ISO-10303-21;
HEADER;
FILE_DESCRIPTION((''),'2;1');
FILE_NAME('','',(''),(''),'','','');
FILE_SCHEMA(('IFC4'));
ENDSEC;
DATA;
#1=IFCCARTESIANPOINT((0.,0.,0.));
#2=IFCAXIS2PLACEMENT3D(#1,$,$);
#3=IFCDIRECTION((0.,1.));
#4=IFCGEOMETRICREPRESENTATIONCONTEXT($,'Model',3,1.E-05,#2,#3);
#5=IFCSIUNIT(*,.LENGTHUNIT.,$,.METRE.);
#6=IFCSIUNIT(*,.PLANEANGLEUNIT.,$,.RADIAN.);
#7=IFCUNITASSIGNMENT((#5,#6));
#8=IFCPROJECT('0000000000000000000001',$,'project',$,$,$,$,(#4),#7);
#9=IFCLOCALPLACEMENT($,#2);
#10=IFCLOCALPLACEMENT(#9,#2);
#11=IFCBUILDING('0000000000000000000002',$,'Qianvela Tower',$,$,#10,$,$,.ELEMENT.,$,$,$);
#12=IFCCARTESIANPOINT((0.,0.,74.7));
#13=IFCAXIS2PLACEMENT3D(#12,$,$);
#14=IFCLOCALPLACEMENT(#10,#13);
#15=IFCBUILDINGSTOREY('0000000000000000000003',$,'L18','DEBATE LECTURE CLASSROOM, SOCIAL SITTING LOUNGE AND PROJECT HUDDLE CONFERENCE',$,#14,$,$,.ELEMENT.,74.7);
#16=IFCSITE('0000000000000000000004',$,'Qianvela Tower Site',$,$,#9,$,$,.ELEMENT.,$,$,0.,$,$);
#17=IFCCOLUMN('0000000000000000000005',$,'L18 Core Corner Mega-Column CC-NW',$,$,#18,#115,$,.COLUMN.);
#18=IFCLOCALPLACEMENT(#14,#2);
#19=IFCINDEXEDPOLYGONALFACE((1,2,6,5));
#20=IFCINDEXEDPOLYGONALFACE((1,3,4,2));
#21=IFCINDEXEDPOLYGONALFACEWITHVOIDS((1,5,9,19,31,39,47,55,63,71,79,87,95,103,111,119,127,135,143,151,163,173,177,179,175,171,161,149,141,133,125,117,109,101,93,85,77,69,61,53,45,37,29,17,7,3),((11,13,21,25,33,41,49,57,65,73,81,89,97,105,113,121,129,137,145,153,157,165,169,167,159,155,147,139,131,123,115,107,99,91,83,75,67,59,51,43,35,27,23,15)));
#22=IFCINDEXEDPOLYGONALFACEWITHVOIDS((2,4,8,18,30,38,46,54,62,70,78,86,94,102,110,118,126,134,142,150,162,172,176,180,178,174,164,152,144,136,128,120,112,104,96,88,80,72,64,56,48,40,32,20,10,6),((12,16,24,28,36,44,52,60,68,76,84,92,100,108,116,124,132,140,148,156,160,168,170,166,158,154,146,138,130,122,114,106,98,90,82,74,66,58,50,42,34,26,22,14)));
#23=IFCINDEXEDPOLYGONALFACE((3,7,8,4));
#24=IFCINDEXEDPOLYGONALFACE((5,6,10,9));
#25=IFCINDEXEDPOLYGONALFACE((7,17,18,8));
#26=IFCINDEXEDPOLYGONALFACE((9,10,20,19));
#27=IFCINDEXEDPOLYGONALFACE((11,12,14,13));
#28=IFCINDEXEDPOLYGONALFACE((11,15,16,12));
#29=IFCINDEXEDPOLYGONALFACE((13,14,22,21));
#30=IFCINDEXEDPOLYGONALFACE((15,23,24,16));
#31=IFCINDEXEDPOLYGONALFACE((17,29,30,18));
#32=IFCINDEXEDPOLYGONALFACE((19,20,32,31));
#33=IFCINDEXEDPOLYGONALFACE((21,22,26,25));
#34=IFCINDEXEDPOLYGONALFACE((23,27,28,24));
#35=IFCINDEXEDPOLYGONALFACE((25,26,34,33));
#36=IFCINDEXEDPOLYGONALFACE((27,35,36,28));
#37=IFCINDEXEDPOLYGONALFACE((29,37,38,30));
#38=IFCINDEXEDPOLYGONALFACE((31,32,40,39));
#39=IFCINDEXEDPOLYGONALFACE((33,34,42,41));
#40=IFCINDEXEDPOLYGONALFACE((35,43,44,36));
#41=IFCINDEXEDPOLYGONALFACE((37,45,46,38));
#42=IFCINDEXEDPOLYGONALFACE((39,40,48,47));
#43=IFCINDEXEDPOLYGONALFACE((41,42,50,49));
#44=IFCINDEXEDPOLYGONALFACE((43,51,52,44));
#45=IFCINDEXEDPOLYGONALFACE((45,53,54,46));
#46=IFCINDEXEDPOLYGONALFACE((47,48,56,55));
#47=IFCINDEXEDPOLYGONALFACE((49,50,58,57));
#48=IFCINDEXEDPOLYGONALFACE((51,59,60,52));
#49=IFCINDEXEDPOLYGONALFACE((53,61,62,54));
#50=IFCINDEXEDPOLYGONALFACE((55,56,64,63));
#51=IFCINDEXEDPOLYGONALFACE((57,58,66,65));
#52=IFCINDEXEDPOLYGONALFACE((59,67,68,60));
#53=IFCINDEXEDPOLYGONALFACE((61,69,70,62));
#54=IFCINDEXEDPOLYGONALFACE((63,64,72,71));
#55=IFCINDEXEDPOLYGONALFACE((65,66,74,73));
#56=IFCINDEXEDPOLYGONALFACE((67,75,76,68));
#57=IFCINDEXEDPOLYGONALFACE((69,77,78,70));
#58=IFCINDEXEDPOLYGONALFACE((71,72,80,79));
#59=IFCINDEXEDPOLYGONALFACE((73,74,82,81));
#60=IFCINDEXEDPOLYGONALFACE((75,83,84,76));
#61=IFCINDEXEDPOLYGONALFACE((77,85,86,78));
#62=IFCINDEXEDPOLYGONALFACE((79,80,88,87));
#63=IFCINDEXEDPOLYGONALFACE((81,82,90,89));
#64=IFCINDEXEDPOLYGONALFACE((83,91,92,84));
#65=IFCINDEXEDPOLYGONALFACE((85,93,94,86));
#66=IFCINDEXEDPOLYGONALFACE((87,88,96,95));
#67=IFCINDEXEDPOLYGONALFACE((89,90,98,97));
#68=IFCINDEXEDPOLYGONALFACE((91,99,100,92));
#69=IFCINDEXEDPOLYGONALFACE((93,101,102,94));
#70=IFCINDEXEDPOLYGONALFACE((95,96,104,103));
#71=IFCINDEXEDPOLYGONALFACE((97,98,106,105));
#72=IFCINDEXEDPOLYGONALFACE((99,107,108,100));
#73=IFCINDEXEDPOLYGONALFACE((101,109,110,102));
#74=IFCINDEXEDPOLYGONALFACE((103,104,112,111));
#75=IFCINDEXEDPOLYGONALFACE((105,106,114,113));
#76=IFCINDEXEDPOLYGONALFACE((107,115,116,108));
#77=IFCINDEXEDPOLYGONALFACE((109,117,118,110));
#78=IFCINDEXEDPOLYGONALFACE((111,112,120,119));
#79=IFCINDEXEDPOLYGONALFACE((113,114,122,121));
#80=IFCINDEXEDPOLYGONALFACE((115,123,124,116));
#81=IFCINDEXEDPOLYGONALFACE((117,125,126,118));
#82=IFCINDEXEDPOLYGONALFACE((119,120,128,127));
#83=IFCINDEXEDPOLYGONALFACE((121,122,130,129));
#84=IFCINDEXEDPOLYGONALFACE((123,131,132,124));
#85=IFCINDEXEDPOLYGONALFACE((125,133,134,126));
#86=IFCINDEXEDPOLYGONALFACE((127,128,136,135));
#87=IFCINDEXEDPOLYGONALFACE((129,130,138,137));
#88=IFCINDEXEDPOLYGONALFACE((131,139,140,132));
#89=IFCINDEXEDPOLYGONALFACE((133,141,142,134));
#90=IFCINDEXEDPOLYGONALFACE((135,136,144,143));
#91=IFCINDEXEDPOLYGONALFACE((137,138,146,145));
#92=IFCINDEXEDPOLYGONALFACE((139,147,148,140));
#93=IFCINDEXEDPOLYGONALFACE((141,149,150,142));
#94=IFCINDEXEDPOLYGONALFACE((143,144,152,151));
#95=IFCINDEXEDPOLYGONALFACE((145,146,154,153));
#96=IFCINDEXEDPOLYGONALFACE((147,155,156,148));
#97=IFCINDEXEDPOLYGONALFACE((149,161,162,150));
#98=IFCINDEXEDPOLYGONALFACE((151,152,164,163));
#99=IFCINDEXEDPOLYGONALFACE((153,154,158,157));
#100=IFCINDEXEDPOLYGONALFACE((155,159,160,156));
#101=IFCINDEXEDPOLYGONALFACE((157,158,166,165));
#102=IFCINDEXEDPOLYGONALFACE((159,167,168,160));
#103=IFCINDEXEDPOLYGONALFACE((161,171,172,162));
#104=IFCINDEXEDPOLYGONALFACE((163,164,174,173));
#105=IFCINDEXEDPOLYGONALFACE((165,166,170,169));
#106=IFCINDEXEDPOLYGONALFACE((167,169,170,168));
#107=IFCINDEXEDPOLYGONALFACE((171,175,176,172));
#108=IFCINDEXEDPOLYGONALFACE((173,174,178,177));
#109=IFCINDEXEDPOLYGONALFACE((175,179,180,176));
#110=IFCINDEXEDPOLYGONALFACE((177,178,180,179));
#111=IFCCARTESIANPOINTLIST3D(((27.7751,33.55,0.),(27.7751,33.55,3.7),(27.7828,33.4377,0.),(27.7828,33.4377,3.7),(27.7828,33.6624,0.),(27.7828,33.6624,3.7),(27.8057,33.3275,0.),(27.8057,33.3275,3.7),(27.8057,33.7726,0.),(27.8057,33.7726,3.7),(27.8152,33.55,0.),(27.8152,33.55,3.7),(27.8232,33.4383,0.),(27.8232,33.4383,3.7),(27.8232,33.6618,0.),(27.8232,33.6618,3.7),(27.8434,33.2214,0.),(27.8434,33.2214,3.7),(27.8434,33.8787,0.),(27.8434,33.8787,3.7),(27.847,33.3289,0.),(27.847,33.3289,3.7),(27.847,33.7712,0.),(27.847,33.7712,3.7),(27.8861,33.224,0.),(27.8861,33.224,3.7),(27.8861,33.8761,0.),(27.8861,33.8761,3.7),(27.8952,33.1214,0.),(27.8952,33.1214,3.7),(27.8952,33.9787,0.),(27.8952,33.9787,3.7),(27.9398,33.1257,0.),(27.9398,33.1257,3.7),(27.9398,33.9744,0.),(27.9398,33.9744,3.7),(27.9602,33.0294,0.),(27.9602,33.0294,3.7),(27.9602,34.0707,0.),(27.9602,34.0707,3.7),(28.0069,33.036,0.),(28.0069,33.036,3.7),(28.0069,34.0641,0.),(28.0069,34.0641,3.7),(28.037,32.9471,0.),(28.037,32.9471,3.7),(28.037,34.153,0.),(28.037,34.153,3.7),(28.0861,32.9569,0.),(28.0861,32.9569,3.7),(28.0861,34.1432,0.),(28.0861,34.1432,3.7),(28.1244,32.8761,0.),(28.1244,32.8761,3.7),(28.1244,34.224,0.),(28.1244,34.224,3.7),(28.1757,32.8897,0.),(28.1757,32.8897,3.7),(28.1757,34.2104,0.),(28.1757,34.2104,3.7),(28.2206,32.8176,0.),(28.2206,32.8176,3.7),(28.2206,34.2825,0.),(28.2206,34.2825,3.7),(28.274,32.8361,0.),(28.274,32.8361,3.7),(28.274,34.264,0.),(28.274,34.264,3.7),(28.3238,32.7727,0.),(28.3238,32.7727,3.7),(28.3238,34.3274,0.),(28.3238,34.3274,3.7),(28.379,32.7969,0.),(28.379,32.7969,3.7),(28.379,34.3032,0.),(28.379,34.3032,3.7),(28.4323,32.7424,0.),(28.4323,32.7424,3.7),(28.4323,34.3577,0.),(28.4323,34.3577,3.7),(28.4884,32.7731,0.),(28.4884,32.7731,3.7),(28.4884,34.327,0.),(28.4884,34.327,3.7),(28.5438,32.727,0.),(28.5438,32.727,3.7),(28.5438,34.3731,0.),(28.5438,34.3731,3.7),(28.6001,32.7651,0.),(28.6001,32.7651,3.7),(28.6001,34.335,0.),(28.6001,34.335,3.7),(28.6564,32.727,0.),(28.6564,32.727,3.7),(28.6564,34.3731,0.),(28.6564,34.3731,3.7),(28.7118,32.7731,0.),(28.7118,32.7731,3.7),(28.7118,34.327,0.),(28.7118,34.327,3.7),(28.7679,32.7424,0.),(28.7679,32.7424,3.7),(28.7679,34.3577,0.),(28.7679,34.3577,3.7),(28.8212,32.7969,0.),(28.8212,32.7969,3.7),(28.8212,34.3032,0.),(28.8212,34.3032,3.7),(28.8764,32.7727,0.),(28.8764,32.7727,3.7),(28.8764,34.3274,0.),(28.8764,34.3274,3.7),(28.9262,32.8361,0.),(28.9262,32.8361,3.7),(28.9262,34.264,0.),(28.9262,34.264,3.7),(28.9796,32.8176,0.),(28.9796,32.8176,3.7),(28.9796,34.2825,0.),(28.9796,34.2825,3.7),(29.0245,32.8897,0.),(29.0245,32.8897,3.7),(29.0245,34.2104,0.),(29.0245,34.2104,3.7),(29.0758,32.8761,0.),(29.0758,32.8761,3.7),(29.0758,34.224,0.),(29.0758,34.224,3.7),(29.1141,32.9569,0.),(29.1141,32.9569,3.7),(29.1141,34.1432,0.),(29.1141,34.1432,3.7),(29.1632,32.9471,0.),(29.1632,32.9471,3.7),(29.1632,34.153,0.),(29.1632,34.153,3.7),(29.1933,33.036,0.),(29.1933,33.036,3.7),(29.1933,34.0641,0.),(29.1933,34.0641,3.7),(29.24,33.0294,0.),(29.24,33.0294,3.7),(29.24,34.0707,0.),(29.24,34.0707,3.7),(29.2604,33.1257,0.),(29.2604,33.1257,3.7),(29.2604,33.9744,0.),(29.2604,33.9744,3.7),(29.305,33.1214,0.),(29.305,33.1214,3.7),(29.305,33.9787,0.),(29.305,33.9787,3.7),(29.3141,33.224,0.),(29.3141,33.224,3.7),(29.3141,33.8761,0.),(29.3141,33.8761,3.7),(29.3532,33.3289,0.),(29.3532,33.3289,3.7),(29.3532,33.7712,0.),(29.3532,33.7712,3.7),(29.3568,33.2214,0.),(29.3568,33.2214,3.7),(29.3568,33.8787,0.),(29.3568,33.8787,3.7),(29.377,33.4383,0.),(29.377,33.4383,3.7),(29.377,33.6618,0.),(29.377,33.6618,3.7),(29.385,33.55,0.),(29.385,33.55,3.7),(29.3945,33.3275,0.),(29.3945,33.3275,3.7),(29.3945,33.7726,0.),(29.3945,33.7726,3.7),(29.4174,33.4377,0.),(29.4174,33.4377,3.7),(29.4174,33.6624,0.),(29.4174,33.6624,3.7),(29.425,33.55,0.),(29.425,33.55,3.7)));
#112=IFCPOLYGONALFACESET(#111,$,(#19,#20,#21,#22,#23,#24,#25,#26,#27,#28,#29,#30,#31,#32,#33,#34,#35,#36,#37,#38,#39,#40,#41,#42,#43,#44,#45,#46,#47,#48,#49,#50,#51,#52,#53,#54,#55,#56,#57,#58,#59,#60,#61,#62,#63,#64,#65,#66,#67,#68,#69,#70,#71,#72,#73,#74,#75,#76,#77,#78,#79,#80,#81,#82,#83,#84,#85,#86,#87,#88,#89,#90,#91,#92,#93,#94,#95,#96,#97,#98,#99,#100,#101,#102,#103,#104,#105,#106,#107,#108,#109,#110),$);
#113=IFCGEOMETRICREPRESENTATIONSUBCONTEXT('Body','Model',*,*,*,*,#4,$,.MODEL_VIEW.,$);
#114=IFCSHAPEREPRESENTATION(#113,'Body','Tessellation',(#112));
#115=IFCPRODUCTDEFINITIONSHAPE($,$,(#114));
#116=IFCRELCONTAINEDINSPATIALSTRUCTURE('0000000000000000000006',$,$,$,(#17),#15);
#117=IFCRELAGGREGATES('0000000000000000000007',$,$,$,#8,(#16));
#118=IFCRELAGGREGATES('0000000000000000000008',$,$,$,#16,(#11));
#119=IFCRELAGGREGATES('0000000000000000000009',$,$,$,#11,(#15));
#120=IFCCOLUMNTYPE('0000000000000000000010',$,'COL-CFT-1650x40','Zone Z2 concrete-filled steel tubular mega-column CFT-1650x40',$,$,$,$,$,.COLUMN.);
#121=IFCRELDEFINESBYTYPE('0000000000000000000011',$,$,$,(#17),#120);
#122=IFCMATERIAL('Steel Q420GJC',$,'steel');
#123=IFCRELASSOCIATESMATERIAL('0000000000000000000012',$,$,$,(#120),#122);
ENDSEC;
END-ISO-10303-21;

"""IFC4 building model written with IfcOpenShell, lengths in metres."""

from ifc_helpers import new_model, si_unit, direction, frame, origin, origin_2d, place, context, subcontext, project, spatial, hollow_circle, extrude, material, material_profile, profile_set, type_object, element, save


model = new_model("IFC4")

# Units and contexts
model_context = context("Model", 3, precision=1e-05, world=origin(), true_north=direction((0.0, 1.0)))
body_context = subcontext(model_context, "Body", "Model", "MODEL_VIEW")
ifc_project = project(units=[si_unit("LENGTHUNIT", "METRE"), si_unit("PLANEANGLEUNIT", "RADIAN")], contexts=[model_context])

# Site, building, storey
site_placement = place(None, origin())
site = spatial("IfcSite", under=ifc_project, at=site_placement, Name="Qianvela Tower Site", CompositionType="ELEMENT", RefElevation=0.0)
building_placement = place(site_placement, origin())
building = spatial("IfcBuilding", under=site, at=building_placement, Name="Qianvela Tower", CompositionType="ELEMENT")
storey_placement = place(building_placement, frame((0.0, 0.0, 74.7)))
storey = spatial("IfcBuildingStorey", under=building, at=storey_placement, Name="L18", Description="DEBATE LECTURE CLASSROOM, SOCIAL SITTING LOUNGE AND PROJECT HUDDLE CONFERENCE", CompositionType="ELEMENT", Elevation=74.7)

# Column
ifc_material_1 = material(Name="Steel Q420GJC", Category="steel")
ifc_material_profile_1 = material_profile(ifc_material_1, hollow_circle(Radius=0.825, WallThickness=0.04, at=origin_2d()), Name="CFT-1650x40")
ifc_profile_set_1 = profile_set([ifc_material_profile_1], Name="Steel Q420GJC")
column_type = type_object("IfcColumnType", Name="COL-CFT-1650x40", Description="Zone Z2 concrete-filled steel tubular mega-column CFT-1650x40", PredefinedType="COLUMN", material=ifc_profile_set_1)
for number, where, z_axis, x_axis, name in (
    (1, (28.6001, 33.55, 0.0), (0.0, 0.0, 1.0), (1.0, 0.0, 0.0), "L18 Core Corner Mega-Column CC-NW"),
):
    element("IfcColumn", number, at=place(storey_placement, frame(where, z_axis=z_axis, x_axis=x_axis)), inside=storey, type_object=column_type, Name=name, PredefinedType="COLUMN", context=body_context, shape_type="SweptSolid", body=[
        extrude(hollow_circle(Radius=0.825, WallThickness=0.04, at=origin_2d()), origin(), (0.0, 0.0, 1.0), 3.7),
    ])

save(model, "model.ifc")
